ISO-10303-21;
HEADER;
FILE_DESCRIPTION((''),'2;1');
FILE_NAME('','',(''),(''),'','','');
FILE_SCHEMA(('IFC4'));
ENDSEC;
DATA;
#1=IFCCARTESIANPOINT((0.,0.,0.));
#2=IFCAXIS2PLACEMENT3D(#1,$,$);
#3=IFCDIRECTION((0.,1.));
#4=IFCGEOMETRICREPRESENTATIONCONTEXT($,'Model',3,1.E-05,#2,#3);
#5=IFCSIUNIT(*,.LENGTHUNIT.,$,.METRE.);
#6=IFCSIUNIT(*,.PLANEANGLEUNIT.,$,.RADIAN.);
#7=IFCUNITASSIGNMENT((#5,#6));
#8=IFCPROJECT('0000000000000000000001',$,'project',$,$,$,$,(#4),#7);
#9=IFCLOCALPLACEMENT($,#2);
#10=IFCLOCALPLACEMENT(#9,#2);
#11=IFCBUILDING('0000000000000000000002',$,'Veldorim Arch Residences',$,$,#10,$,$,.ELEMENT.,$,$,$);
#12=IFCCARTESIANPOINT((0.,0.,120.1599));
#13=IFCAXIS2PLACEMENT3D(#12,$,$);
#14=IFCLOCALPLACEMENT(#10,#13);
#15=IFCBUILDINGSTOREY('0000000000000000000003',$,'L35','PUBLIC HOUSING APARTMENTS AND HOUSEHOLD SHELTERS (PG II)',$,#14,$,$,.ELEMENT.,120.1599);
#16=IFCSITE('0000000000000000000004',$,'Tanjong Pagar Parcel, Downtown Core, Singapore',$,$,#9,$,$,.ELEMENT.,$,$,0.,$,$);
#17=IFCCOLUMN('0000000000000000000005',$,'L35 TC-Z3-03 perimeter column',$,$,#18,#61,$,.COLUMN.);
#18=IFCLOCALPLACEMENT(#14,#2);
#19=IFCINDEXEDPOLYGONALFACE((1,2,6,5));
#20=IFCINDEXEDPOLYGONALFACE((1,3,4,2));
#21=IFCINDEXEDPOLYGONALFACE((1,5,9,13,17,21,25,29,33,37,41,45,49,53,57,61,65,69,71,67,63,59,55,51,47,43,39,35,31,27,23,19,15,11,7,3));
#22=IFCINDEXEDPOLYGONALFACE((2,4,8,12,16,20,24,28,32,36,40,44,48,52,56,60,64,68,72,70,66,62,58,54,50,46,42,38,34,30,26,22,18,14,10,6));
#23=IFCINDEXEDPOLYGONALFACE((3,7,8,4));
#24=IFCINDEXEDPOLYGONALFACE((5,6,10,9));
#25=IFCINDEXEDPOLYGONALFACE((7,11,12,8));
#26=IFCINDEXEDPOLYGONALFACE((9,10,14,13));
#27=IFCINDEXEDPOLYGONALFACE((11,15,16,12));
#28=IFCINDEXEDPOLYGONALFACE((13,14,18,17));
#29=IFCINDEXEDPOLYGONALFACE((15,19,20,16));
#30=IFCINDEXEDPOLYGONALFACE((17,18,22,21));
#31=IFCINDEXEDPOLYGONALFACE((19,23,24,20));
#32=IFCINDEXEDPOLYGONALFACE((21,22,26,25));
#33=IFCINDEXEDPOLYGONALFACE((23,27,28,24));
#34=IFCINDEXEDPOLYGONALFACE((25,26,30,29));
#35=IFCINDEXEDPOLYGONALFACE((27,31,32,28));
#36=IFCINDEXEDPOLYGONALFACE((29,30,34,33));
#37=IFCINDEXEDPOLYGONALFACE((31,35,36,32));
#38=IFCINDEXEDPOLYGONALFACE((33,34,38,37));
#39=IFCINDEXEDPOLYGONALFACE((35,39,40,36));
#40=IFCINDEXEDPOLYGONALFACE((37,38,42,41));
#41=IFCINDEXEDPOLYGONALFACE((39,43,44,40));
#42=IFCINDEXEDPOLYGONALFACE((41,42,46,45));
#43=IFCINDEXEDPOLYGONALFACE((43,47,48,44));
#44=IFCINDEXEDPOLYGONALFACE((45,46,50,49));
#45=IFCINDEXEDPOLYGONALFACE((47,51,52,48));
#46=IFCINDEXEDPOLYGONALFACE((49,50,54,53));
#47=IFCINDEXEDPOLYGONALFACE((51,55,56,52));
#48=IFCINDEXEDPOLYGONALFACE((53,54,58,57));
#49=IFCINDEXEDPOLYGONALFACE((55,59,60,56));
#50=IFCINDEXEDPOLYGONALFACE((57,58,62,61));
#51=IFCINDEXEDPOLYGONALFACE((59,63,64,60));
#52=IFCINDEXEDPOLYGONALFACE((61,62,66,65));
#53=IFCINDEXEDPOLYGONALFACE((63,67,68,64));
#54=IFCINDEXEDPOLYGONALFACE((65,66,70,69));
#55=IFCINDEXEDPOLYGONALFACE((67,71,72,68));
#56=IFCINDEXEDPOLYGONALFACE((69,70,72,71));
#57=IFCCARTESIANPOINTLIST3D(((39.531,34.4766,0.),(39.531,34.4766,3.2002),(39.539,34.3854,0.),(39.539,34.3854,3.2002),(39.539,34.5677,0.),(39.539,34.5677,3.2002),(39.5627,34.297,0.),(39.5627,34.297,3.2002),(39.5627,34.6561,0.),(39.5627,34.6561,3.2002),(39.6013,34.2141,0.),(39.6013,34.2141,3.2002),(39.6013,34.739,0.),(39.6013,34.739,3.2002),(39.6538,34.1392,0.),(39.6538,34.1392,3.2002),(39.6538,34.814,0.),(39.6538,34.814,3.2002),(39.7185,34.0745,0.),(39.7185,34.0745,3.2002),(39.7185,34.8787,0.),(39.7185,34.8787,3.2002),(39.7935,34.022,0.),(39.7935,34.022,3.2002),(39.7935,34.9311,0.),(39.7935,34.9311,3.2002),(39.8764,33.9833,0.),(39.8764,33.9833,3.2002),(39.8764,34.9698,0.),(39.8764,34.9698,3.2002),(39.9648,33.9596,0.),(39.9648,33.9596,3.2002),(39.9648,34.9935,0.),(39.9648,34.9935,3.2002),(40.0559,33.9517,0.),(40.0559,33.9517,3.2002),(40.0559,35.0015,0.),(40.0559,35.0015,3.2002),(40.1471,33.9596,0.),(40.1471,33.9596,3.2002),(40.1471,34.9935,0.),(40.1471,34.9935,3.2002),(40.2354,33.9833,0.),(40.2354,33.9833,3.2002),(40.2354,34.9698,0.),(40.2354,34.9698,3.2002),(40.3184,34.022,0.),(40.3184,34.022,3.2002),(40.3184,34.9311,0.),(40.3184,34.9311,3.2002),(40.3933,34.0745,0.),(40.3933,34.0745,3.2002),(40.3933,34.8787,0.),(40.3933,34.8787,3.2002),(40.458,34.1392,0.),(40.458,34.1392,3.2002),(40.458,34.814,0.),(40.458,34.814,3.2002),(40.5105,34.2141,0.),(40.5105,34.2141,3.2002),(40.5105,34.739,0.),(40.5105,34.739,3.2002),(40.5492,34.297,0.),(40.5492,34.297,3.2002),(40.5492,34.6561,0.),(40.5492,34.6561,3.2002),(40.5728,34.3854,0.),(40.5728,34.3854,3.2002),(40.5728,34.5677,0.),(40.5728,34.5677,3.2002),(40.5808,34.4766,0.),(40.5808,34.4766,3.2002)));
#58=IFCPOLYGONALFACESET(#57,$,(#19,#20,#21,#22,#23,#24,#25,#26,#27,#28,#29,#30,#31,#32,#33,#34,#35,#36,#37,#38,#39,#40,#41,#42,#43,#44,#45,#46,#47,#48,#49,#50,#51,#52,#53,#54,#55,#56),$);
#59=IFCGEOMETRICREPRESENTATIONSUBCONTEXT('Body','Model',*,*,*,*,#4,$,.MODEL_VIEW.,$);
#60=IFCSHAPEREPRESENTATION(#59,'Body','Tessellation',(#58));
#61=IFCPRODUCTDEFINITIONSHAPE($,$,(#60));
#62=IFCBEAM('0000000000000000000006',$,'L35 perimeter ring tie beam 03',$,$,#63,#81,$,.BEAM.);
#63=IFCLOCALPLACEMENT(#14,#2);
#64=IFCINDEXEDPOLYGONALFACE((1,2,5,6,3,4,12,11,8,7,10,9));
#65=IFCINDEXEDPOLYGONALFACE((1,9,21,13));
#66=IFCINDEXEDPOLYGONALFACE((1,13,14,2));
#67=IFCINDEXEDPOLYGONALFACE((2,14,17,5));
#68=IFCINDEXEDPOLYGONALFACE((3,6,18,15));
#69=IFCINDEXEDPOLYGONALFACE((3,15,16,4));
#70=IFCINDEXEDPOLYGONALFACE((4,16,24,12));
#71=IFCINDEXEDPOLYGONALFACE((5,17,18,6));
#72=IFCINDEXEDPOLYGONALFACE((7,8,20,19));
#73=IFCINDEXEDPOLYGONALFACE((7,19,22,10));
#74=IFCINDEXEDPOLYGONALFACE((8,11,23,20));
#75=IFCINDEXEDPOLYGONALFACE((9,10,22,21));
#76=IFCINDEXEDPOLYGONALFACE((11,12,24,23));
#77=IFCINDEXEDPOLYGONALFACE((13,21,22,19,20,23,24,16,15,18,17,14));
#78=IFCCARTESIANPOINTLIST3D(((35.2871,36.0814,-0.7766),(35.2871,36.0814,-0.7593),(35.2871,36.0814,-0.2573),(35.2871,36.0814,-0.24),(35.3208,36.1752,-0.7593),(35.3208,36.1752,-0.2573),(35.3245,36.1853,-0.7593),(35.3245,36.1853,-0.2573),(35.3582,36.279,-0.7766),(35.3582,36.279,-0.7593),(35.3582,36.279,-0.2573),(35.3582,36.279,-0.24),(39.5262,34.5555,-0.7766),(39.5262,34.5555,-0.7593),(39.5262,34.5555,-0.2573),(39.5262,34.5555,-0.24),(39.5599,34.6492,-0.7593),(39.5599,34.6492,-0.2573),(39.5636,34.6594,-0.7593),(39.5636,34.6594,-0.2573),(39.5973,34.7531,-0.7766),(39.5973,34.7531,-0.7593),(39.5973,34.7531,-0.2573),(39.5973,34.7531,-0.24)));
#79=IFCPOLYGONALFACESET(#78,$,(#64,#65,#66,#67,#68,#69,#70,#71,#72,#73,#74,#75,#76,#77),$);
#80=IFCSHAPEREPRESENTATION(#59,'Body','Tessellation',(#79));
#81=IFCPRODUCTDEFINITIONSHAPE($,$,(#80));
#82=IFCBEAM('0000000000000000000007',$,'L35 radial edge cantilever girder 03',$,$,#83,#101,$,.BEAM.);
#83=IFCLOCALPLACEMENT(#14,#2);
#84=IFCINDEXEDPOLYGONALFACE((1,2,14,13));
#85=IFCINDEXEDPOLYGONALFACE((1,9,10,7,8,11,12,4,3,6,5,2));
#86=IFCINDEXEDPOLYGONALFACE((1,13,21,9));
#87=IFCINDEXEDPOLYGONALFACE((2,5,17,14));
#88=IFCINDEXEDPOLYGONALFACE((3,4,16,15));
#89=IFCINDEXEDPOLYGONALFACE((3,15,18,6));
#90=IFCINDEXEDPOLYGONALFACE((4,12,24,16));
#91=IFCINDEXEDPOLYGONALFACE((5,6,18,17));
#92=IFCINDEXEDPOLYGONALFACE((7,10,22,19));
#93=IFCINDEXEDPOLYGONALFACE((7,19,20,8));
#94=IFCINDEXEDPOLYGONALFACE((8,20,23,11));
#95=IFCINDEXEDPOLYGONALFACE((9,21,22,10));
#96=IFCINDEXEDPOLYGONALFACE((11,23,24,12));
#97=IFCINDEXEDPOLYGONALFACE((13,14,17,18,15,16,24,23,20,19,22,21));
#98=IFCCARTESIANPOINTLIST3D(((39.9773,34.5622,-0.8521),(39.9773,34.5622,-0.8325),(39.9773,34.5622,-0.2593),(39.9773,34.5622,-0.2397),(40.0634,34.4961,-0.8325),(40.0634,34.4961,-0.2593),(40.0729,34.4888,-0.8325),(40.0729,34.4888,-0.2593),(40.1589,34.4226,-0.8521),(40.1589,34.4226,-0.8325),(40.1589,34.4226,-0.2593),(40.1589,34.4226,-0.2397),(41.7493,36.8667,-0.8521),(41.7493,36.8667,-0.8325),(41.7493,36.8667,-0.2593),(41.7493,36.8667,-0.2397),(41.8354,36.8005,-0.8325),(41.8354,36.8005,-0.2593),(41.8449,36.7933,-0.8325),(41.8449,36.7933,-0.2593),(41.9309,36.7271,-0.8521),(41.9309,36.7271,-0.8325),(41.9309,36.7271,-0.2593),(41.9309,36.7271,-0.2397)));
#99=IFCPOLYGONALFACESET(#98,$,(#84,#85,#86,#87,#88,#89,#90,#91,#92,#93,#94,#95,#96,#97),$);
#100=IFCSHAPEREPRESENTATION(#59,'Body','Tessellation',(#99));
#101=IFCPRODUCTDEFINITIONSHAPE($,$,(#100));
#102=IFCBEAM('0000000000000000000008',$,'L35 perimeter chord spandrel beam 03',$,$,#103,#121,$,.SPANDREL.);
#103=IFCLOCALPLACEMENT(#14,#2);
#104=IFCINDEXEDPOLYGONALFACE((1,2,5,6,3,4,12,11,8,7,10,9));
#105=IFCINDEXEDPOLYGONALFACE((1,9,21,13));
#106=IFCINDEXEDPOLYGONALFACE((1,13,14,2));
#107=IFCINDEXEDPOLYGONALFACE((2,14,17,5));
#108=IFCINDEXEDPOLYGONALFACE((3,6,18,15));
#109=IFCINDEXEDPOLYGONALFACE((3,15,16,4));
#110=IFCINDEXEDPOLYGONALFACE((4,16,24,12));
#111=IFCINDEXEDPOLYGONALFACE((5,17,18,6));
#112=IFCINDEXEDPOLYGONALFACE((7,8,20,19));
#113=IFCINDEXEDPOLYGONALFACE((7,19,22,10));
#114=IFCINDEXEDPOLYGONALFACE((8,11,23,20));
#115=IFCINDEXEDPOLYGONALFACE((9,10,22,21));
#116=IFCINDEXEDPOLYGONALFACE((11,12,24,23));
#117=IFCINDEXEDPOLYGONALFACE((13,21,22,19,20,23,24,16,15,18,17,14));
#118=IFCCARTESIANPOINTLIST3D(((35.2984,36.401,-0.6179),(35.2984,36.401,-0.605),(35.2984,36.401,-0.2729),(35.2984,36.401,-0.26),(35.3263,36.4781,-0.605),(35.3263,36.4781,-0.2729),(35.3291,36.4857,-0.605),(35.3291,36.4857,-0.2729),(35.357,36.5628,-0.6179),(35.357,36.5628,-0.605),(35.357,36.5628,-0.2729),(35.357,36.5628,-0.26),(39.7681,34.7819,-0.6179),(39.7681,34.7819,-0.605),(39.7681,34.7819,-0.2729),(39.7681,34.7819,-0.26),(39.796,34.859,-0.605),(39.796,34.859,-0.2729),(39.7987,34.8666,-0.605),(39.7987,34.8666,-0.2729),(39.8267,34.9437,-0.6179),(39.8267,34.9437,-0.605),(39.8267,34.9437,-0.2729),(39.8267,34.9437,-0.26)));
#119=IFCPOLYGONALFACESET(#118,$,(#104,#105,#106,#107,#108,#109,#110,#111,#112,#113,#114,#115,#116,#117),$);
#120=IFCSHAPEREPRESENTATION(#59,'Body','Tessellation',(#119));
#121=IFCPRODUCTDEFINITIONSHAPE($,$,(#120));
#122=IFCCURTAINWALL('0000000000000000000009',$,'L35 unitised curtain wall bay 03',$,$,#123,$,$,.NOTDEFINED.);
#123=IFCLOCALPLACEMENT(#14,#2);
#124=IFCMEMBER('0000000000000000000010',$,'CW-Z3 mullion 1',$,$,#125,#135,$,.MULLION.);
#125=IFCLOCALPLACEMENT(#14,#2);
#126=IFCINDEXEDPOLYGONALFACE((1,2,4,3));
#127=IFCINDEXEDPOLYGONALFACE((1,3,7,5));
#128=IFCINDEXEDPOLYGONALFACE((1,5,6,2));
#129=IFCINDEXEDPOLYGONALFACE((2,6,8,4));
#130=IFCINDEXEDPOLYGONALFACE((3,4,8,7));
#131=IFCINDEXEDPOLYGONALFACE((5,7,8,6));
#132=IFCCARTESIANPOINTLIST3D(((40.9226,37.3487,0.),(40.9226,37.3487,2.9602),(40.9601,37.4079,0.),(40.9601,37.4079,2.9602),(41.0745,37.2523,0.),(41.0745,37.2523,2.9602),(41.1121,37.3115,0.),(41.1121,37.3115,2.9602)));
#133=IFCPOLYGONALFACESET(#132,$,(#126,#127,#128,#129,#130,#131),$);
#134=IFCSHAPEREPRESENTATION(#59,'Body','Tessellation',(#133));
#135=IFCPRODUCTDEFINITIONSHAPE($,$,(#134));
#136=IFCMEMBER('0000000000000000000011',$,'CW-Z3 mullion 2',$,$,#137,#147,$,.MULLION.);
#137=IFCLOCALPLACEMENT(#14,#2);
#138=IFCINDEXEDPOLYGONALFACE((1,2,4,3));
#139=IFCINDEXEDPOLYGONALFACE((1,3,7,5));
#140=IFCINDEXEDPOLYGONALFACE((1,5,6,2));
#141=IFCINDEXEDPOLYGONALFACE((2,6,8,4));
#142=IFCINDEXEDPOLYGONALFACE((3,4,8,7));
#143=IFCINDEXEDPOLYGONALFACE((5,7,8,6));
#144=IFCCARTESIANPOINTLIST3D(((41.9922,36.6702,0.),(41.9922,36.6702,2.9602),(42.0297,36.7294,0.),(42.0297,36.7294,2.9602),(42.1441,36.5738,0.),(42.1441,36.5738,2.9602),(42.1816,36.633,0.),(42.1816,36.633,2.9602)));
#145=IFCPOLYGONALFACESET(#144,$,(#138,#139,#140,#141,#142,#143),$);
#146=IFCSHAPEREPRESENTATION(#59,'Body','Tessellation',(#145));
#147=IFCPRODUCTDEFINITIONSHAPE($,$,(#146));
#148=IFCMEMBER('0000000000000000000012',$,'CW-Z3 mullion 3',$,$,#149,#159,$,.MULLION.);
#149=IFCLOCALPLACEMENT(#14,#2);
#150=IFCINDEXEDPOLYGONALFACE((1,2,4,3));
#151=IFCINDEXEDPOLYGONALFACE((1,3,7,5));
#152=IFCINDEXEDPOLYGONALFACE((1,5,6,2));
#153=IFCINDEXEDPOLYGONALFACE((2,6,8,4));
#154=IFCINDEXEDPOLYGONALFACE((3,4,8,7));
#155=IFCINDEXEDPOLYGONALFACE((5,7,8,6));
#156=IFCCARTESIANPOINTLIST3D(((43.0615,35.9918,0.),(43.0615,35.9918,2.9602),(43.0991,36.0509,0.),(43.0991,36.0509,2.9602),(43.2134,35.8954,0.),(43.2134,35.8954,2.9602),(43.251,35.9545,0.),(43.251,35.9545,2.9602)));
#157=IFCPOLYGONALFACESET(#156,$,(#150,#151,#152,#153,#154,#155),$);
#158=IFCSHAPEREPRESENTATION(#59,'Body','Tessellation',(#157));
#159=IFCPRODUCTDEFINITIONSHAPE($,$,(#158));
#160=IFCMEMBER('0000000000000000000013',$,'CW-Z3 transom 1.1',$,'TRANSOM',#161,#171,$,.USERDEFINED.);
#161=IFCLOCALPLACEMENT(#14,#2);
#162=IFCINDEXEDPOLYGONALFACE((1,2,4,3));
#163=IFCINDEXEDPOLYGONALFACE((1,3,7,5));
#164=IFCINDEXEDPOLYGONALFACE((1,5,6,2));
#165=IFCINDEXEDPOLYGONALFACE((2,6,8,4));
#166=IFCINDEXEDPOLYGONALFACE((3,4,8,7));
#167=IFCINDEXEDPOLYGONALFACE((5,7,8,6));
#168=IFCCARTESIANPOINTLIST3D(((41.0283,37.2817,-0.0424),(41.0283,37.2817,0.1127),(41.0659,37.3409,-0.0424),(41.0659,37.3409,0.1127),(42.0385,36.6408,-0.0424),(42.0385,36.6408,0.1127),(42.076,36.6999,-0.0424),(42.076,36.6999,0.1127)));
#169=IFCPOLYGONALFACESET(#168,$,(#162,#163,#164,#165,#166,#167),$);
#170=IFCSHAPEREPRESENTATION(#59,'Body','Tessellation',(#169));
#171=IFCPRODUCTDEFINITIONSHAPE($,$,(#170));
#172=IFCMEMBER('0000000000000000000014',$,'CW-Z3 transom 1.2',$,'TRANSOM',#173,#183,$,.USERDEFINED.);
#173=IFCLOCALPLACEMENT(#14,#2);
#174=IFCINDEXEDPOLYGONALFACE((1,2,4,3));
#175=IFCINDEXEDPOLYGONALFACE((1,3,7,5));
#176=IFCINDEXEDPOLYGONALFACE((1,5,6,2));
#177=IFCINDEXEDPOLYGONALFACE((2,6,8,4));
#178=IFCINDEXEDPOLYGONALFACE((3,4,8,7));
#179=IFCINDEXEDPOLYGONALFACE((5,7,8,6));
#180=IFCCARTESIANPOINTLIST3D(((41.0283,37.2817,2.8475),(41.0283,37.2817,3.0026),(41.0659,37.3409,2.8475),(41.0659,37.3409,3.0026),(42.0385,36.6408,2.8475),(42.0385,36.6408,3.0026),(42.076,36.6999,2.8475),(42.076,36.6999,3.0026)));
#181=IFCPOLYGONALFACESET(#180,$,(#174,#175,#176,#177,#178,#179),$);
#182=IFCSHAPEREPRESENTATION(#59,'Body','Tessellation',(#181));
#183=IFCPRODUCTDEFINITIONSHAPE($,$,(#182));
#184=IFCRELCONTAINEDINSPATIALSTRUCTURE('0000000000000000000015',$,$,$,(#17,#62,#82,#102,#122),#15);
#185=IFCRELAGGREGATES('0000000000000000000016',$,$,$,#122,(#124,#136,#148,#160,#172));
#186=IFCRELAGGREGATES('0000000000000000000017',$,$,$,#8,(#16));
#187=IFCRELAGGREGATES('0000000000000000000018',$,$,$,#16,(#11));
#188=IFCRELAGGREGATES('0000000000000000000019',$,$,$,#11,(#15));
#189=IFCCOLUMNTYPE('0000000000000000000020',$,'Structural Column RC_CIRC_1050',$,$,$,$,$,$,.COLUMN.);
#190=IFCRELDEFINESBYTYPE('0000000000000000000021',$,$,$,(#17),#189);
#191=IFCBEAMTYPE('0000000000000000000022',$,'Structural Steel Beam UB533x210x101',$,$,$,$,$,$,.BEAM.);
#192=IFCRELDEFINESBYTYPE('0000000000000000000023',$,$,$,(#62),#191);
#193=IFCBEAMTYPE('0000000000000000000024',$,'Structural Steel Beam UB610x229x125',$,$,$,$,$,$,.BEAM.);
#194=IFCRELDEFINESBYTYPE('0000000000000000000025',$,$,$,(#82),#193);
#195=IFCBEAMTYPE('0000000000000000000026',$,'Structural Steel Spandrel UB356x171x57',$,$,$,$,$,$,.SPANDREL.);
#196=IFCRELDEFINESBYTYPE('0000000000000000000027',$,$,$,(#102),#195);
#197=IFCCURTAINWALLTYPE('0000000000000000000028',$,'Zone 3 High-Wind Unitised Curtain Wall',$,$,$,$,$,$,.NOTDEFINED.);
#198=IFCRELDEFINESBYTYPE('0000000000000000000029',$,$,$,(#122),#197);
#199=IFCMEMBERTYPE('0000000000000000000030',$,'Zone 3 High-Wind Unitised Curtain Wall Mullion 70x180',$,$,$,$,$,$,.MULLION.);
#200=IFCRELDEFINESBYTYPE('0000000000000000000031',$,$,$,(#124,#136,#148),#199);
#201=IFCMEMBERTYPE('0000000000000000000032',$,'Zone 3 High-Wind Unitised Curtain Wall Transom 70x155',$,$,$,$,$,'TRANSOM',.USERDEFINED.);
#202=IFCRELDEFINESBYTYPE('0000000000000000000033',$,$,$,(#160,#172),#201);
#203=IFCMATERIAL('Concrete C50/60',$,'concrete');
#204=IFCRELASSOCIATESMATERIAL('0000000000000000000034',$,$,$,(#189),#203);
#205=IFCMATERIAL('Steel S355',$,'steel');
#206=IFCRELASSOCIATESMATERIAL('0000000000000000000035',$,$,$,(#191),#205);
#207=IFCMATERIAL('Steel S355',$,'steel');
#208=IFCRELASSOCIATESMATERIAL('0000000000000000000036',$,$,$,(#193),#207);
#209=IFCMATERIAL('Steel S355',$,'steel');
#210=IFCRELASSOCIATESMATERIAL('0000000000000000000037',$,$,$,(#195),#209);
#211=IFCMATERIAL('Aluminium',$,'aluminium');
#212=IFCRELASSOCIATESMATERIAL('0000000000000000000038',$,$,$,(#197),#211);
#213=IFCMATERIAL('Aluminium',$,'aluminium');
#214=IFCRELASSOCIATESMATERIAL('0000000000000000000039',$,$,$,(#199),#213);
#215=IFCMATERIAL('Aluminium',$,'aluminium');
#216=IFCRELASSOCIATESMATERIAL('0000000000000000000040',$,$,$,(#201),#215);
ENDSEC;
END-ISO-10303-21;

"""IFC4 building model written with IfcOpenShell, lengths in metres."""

from ifc_helpers import new_model, si_unit, direction, frame, origin, origin_2d, place, context, subcontext, project, spatial, rectangle, circle, i_section, extrude, material, material_profile, profile_set, type_object, element, aggregate, save


model = new_model("IFC4")

# Units and contexts
model_context = context("Model", 3, precision=1e-05, world=origin(), true_north=direction((0.0, 1.0)))
body_context = subcontext(model_context, "Body", "Model", "MODEL_VIEW")
ifc_project = project(units=[si_unit("LENGTHUNIT", "METRE"), si_unit("PLANEANGLEUNIT", "RADIAN")], contexts=[model_context])

# Site, building, storey
site_placement = place(None, origin())
site = spatial("IfcSite", under=ifc_project, at=site_placement, Name="Tanjong Pagar Parcel, Downtown Core, Singapore", CompositionType="ELEMENT", RefElevation=0.0)
building_placement = place(site_placement, origin())
building = spatial("IfcBuilding", under=site, at=building_placement, Name="Veldorim Arch Residences", CompositionType="ELEMENT")
storey_placement = place(building_placement, frame((0.0, 0.0, 120.1599)))
storey = spatial("IfcBuildingStorey", under=building, at=storey_placement, Name="L35", Description="PUBLIC HOUSING APARTMENTS AND HOUSEHOLD SHELTERS (PG II)", CompositionType="ELEMENT", Elevation=120.1599)

# Column
ifc_material_1 = material(Name="Concrete C50/60", Category="concrete")
ifc_material_profile_1 = material_profile(ifc_material_1, circle(Radius=0.5249, at=origin_2d()), Name="RC_CIRC_1050")
ifc_profile_set_1 = profile_set([ifc_material_profile_1], Name="Concrete C50/60")
column_type = type_object("IfcColumnType", Name="Structural Column RC_CIRC_1050", PredefinedType="COLUMN", material=ifc_profile_set_1)
column_placement = place(storey_placement, frame((40.0559, 34.4766, 0.0), z_axis=(0.0, 0.0, 1.0), x_axis=(1.0, 0.0, 0.0)))
element("IfcColumn", 1, at=column_placement, inside=storey, type_object=column_type, Name="L35 TC-Z3-03 perimeter column", PredefinedType="COLUMN", context=body_context, shape_type="SweptSolid", body=[
    extrude(circle(Radius=0.5249, at=origin_2d()), origin(), (0.0, 0.0, 1.0), 3.2002),
])

# Beams
ifc_material_2 = material(Name="Steel S355", Category="steel")
ifc_material_profile_2 = material_profile(ifc_material_2, i_section(OverallWidth=0.21, OverallDepth=0.5366, WebThickness=0.0107, FlangeThickness=0.0173, at=origin_2d()), Name="UB533x210x101")
ifc_profile_set_2 = profile_set([ifc_material_profile_2], Name="Steel S355")
beam_type_1 = type_object("IfcBeamType", Name="Structural Steel Beam UB533x210x101", PredefinedType="BEAM", material=ifc_profile_set_2)
beam_1_placement = place(storey_placement, frame((39.5618, 34.6543, -0.5083), z_axis=(-0.940899, 0.338687, 0.0), x_axis=(-0.338687, -0.940899, 0.0)))
element("IfcBeam", 2, at=beam_1_placement, inside=storey, type_object=beam_type_1, Name="L35 perimeter ring tie beam 03", PredefinedType="BEAM", context=body_context, shape_type="SweptSolid", body=[
    extrude(i_section(OverallWidth=0.21, OverallDepth=0.5366, WebThickness=0.0107, FlangeThickness=0.0173, at=origin_2d()), origin(), (0.0, 0.0, 1.0), 4.5054),
])
ifc_material_3 = material(Name="Steel S355", Category="steel")
ifc_material_profile_3 = material_profile(ifc_material_3, i_section(OverallWidth=0.229, OverallDepth=0.6123, WebThickness=0.012, FlangeThickness=0.0195, at=origin_2d()), Name="UB610x229x125")
ifc_profile_set_3 = profile_set([ifc_material_profile_3], Name="Steel S355")
beam_type_2 = type_object("IfcBeamType", Name="Structural Steel Beam UB610x229x125", PredefinedType="BEAM", material=ifc_profile_set_3)
beam_2_placement = place(storey_placement, frame((40.0681, 34.4924, -0.5459), z_axis=(0.609565, 0.792736, 0.0), x_axis=(-0.792736, 0.609565, 0.0)))
element("IfcBeam", 3, at=beam_2_placement, inside=storey, type_object=beam_type_2, Name="L35 radial edge cantilever girder 03", PredefinedType="BEAM", context=body_context, shape_type="SweptSolid", body=[
    extrude(i_section(OverallWidth=0.229, OverallDepth=0.6123, WebThickness=0.012, FlangeThickness=0.0195, at=origin_2d()), origin(), (0.0, 0.0, 1.0), 2.907),
])
ifc_material_4 = material(Name="Steel S355", Category="steel")
ifc_material_profile_4 = material_profile(ifc_material_4, i_section(OverallWidth=0.1721, OverallDepth=0.3579, WebThickness=0.0081, FlangeThickness=0.0129, at=origin_2d()), Name="UB356x171x57")
ifc_profile_set_4 = profile_set([ifc_material_profile_4], Name="Steel S355")
beam_type_3 = type_object("IfcBeamType", Name="Structural Steel Spandrel UB356x171x57", PredefinedType="SPANDREL", material=ifc_profile_set_4)
beam_3_placement = place(storey_placement, frame((39.7974, 34.8628, -0.439), z_axis=(-0.940213, 0.340588, 0.0), x_axis=(-0.340588, -0.940213, 0.0)))
element("IfcBeam", 4, at=beam_3_placement, inside=storey, type_object=beam_type_3, Name="L35 perimeter chord spandrel beam 03", PredefinedType="SPANDREL", context=body_context, shape_type="SweptSolid", body=[
    extrude(i_section(OverallWidth=0.1721, OverallDepth=0.3579, WebThickness=0.0081, FlangeThickness=0.0129, at=origin_2d()), origin(), (0.0, 0.0, 1.0), 4.7539),
])

# Curtain wall, members
ifc_material_5 = material(Name="Aluminium", Category="aluminium")
curtain_wall_type = type_object("IfcCurtainWallType", Name="Zone 3 High-Wind Unitised Curtain Wall", PredefinedType="NOTDEFINED", material=ifc_material_5)
curtain_wall_placement = place(storey_placement, origin())
curtain_wall = element("IfcCurtainWall", 5, at=curtain_wall_placement, inside=storey, type_object=curtain_wall_type, Name="L35 unitised curtain wall bay 03", PredefinedType="NOTDEFINED")
ifc_material_6 = material(Name="Aluminium", Category="aluminium")
ifc_material_profile_5 = material_profile(ifc_material_6, rectangle(XDim=0.0701, YDim=0.1799, at=origin_2d()), Name="ALU_MUL_70x180")
ifc_profile_set_5 = profile_set([ifc_material_profile_5], Name="Aluminium")
member_type_1 = type_object("IfcMemberType", Name="Zone 3 High-Wind Unitised Curtain Wall Mullion 70x180", PredefinedType="MULLION", material=ifc_profile_set_5)
member_1_placement = place(storey_placement, frame((41.0173, 37.3301, 0.0), z_axis=(0.0, 0.0, 1.0), x_axis=(0.535754, 0.844374, 0.0)))
member_1 = element("IfcMember", 6, at=member_1_placement, type_object=member_type_1, Name="CW-Z3 mullion 1", PredefinedType="MULLION", context=body_context, shape_type="SweptSolid", body=[
    extrude(rectangle(XDim=0.0701, YDim=0.1799, at=origin_2d()), origin(), (0.0, 0.0, 1.0), 2.9602),
])
member_2_placement = place(storey_placement, frame((42.0869, 36.6516, 0.0), z_axis=(0.0, 0.0, 1.0), x_axis=(0.535754, 0.844374, 0.0)))
member_2 = element("IfcMember", 7, at=member_2_placement, type_object=member_type_1, Name="CW-Z3 mullion 2", PredefinedType="MULLION", context=body_context, shape_type="SweptSolid", body=[
    extrude(rectangle(XDim=0.0701, YDim=0.1799, at=origin_2d()), origin(), (0.0, 0.0, 1.0), 2.9602),
])
member_3_placement = place(storey_placement, frame((43.1562, 35.9731, 0.0), z_axis=(0.0, 0.0, 1.0), x_axis=(0.535754, 0.844374, 0.0)))
member_3 = element("IfcMember", 8, at=member_3_placement, type_object=member_type_1, Name="CW-Z3 mullion 3", PredefinedType="MULLION", context=body_context, shape_type="SweptSolid", body=[
    extrude(rectangle(XDim=0.0701, YDim=0.1799, at=origin_2d()), origin(), (0.0, 0.0, 1.0), 2.9602),
])
ifc_material_7 = material(Name="Aluminium", Category="aluminium")
ifc_material_profile_6 = material_profile(ifc_material_7, rectangle(XDim=0.0701, YDim=0.155, at=origin_2d()), Name="ALU_TRN_70x155")
ifc_profile_set_6 = profile_set([ifc_material_profile_6], Name="Aluminium")
member_type_2 = type_object("IfcMemberType", Name="Zone 3 High-Wind Unitised Curtain Wall Transom 70x155", ElementType="TRANSOM", PredefinedType="USERDEFINED", material=ifc_profile_set_6)
member_4_placement = place(storey_placement, frame((41.0471, 37.3113, 0.0352), z_axis=(0.844367, -0.535766, 0.0), x_axis=(0.535766, 0.844367, 0.0)))
member_4 = element("IfcMember", 9, at=member_4_placement, type_object=member_type_2, Name="CW-Z3 transom 1.1", ObjectType="TRANSOM", PredefinedType="USERDEFINED", context=body_context, shape_type="SweptSolid", body=[
    extrude(rectangle(XDim=0.0701, YDim=0.155, at=origin_2d()), origin(), (0.0, 0.0, 1.0), 1.1963),
])
member_5_placement = place(storey_placement, frame((41.0471, 37.3113, 2.925), z_axis=(0.844367, -0.535766, 0.0), x_axis=(0.535766, 0.844367, 0.0)))
member_5 = element("IfcMember", 10, at=member_5_placement, type_object=member_type_2, Name="CW-Z3 transom 1.2", ObjectType="TRANSOM", PredefinedType="USERDEFINED", context=body_context, shape_type="SweptSolid", body=[
    extrude(rectangle(XDim=0.0701, YDim=0.155, at=origin_2d()), origin(), (0.0, 0.0, 1.0), 1.1963),
])
aggregate(curtain_wall, [member_1, member_2, member_3, member_4, member_5])

save(model, "model.ifc")
